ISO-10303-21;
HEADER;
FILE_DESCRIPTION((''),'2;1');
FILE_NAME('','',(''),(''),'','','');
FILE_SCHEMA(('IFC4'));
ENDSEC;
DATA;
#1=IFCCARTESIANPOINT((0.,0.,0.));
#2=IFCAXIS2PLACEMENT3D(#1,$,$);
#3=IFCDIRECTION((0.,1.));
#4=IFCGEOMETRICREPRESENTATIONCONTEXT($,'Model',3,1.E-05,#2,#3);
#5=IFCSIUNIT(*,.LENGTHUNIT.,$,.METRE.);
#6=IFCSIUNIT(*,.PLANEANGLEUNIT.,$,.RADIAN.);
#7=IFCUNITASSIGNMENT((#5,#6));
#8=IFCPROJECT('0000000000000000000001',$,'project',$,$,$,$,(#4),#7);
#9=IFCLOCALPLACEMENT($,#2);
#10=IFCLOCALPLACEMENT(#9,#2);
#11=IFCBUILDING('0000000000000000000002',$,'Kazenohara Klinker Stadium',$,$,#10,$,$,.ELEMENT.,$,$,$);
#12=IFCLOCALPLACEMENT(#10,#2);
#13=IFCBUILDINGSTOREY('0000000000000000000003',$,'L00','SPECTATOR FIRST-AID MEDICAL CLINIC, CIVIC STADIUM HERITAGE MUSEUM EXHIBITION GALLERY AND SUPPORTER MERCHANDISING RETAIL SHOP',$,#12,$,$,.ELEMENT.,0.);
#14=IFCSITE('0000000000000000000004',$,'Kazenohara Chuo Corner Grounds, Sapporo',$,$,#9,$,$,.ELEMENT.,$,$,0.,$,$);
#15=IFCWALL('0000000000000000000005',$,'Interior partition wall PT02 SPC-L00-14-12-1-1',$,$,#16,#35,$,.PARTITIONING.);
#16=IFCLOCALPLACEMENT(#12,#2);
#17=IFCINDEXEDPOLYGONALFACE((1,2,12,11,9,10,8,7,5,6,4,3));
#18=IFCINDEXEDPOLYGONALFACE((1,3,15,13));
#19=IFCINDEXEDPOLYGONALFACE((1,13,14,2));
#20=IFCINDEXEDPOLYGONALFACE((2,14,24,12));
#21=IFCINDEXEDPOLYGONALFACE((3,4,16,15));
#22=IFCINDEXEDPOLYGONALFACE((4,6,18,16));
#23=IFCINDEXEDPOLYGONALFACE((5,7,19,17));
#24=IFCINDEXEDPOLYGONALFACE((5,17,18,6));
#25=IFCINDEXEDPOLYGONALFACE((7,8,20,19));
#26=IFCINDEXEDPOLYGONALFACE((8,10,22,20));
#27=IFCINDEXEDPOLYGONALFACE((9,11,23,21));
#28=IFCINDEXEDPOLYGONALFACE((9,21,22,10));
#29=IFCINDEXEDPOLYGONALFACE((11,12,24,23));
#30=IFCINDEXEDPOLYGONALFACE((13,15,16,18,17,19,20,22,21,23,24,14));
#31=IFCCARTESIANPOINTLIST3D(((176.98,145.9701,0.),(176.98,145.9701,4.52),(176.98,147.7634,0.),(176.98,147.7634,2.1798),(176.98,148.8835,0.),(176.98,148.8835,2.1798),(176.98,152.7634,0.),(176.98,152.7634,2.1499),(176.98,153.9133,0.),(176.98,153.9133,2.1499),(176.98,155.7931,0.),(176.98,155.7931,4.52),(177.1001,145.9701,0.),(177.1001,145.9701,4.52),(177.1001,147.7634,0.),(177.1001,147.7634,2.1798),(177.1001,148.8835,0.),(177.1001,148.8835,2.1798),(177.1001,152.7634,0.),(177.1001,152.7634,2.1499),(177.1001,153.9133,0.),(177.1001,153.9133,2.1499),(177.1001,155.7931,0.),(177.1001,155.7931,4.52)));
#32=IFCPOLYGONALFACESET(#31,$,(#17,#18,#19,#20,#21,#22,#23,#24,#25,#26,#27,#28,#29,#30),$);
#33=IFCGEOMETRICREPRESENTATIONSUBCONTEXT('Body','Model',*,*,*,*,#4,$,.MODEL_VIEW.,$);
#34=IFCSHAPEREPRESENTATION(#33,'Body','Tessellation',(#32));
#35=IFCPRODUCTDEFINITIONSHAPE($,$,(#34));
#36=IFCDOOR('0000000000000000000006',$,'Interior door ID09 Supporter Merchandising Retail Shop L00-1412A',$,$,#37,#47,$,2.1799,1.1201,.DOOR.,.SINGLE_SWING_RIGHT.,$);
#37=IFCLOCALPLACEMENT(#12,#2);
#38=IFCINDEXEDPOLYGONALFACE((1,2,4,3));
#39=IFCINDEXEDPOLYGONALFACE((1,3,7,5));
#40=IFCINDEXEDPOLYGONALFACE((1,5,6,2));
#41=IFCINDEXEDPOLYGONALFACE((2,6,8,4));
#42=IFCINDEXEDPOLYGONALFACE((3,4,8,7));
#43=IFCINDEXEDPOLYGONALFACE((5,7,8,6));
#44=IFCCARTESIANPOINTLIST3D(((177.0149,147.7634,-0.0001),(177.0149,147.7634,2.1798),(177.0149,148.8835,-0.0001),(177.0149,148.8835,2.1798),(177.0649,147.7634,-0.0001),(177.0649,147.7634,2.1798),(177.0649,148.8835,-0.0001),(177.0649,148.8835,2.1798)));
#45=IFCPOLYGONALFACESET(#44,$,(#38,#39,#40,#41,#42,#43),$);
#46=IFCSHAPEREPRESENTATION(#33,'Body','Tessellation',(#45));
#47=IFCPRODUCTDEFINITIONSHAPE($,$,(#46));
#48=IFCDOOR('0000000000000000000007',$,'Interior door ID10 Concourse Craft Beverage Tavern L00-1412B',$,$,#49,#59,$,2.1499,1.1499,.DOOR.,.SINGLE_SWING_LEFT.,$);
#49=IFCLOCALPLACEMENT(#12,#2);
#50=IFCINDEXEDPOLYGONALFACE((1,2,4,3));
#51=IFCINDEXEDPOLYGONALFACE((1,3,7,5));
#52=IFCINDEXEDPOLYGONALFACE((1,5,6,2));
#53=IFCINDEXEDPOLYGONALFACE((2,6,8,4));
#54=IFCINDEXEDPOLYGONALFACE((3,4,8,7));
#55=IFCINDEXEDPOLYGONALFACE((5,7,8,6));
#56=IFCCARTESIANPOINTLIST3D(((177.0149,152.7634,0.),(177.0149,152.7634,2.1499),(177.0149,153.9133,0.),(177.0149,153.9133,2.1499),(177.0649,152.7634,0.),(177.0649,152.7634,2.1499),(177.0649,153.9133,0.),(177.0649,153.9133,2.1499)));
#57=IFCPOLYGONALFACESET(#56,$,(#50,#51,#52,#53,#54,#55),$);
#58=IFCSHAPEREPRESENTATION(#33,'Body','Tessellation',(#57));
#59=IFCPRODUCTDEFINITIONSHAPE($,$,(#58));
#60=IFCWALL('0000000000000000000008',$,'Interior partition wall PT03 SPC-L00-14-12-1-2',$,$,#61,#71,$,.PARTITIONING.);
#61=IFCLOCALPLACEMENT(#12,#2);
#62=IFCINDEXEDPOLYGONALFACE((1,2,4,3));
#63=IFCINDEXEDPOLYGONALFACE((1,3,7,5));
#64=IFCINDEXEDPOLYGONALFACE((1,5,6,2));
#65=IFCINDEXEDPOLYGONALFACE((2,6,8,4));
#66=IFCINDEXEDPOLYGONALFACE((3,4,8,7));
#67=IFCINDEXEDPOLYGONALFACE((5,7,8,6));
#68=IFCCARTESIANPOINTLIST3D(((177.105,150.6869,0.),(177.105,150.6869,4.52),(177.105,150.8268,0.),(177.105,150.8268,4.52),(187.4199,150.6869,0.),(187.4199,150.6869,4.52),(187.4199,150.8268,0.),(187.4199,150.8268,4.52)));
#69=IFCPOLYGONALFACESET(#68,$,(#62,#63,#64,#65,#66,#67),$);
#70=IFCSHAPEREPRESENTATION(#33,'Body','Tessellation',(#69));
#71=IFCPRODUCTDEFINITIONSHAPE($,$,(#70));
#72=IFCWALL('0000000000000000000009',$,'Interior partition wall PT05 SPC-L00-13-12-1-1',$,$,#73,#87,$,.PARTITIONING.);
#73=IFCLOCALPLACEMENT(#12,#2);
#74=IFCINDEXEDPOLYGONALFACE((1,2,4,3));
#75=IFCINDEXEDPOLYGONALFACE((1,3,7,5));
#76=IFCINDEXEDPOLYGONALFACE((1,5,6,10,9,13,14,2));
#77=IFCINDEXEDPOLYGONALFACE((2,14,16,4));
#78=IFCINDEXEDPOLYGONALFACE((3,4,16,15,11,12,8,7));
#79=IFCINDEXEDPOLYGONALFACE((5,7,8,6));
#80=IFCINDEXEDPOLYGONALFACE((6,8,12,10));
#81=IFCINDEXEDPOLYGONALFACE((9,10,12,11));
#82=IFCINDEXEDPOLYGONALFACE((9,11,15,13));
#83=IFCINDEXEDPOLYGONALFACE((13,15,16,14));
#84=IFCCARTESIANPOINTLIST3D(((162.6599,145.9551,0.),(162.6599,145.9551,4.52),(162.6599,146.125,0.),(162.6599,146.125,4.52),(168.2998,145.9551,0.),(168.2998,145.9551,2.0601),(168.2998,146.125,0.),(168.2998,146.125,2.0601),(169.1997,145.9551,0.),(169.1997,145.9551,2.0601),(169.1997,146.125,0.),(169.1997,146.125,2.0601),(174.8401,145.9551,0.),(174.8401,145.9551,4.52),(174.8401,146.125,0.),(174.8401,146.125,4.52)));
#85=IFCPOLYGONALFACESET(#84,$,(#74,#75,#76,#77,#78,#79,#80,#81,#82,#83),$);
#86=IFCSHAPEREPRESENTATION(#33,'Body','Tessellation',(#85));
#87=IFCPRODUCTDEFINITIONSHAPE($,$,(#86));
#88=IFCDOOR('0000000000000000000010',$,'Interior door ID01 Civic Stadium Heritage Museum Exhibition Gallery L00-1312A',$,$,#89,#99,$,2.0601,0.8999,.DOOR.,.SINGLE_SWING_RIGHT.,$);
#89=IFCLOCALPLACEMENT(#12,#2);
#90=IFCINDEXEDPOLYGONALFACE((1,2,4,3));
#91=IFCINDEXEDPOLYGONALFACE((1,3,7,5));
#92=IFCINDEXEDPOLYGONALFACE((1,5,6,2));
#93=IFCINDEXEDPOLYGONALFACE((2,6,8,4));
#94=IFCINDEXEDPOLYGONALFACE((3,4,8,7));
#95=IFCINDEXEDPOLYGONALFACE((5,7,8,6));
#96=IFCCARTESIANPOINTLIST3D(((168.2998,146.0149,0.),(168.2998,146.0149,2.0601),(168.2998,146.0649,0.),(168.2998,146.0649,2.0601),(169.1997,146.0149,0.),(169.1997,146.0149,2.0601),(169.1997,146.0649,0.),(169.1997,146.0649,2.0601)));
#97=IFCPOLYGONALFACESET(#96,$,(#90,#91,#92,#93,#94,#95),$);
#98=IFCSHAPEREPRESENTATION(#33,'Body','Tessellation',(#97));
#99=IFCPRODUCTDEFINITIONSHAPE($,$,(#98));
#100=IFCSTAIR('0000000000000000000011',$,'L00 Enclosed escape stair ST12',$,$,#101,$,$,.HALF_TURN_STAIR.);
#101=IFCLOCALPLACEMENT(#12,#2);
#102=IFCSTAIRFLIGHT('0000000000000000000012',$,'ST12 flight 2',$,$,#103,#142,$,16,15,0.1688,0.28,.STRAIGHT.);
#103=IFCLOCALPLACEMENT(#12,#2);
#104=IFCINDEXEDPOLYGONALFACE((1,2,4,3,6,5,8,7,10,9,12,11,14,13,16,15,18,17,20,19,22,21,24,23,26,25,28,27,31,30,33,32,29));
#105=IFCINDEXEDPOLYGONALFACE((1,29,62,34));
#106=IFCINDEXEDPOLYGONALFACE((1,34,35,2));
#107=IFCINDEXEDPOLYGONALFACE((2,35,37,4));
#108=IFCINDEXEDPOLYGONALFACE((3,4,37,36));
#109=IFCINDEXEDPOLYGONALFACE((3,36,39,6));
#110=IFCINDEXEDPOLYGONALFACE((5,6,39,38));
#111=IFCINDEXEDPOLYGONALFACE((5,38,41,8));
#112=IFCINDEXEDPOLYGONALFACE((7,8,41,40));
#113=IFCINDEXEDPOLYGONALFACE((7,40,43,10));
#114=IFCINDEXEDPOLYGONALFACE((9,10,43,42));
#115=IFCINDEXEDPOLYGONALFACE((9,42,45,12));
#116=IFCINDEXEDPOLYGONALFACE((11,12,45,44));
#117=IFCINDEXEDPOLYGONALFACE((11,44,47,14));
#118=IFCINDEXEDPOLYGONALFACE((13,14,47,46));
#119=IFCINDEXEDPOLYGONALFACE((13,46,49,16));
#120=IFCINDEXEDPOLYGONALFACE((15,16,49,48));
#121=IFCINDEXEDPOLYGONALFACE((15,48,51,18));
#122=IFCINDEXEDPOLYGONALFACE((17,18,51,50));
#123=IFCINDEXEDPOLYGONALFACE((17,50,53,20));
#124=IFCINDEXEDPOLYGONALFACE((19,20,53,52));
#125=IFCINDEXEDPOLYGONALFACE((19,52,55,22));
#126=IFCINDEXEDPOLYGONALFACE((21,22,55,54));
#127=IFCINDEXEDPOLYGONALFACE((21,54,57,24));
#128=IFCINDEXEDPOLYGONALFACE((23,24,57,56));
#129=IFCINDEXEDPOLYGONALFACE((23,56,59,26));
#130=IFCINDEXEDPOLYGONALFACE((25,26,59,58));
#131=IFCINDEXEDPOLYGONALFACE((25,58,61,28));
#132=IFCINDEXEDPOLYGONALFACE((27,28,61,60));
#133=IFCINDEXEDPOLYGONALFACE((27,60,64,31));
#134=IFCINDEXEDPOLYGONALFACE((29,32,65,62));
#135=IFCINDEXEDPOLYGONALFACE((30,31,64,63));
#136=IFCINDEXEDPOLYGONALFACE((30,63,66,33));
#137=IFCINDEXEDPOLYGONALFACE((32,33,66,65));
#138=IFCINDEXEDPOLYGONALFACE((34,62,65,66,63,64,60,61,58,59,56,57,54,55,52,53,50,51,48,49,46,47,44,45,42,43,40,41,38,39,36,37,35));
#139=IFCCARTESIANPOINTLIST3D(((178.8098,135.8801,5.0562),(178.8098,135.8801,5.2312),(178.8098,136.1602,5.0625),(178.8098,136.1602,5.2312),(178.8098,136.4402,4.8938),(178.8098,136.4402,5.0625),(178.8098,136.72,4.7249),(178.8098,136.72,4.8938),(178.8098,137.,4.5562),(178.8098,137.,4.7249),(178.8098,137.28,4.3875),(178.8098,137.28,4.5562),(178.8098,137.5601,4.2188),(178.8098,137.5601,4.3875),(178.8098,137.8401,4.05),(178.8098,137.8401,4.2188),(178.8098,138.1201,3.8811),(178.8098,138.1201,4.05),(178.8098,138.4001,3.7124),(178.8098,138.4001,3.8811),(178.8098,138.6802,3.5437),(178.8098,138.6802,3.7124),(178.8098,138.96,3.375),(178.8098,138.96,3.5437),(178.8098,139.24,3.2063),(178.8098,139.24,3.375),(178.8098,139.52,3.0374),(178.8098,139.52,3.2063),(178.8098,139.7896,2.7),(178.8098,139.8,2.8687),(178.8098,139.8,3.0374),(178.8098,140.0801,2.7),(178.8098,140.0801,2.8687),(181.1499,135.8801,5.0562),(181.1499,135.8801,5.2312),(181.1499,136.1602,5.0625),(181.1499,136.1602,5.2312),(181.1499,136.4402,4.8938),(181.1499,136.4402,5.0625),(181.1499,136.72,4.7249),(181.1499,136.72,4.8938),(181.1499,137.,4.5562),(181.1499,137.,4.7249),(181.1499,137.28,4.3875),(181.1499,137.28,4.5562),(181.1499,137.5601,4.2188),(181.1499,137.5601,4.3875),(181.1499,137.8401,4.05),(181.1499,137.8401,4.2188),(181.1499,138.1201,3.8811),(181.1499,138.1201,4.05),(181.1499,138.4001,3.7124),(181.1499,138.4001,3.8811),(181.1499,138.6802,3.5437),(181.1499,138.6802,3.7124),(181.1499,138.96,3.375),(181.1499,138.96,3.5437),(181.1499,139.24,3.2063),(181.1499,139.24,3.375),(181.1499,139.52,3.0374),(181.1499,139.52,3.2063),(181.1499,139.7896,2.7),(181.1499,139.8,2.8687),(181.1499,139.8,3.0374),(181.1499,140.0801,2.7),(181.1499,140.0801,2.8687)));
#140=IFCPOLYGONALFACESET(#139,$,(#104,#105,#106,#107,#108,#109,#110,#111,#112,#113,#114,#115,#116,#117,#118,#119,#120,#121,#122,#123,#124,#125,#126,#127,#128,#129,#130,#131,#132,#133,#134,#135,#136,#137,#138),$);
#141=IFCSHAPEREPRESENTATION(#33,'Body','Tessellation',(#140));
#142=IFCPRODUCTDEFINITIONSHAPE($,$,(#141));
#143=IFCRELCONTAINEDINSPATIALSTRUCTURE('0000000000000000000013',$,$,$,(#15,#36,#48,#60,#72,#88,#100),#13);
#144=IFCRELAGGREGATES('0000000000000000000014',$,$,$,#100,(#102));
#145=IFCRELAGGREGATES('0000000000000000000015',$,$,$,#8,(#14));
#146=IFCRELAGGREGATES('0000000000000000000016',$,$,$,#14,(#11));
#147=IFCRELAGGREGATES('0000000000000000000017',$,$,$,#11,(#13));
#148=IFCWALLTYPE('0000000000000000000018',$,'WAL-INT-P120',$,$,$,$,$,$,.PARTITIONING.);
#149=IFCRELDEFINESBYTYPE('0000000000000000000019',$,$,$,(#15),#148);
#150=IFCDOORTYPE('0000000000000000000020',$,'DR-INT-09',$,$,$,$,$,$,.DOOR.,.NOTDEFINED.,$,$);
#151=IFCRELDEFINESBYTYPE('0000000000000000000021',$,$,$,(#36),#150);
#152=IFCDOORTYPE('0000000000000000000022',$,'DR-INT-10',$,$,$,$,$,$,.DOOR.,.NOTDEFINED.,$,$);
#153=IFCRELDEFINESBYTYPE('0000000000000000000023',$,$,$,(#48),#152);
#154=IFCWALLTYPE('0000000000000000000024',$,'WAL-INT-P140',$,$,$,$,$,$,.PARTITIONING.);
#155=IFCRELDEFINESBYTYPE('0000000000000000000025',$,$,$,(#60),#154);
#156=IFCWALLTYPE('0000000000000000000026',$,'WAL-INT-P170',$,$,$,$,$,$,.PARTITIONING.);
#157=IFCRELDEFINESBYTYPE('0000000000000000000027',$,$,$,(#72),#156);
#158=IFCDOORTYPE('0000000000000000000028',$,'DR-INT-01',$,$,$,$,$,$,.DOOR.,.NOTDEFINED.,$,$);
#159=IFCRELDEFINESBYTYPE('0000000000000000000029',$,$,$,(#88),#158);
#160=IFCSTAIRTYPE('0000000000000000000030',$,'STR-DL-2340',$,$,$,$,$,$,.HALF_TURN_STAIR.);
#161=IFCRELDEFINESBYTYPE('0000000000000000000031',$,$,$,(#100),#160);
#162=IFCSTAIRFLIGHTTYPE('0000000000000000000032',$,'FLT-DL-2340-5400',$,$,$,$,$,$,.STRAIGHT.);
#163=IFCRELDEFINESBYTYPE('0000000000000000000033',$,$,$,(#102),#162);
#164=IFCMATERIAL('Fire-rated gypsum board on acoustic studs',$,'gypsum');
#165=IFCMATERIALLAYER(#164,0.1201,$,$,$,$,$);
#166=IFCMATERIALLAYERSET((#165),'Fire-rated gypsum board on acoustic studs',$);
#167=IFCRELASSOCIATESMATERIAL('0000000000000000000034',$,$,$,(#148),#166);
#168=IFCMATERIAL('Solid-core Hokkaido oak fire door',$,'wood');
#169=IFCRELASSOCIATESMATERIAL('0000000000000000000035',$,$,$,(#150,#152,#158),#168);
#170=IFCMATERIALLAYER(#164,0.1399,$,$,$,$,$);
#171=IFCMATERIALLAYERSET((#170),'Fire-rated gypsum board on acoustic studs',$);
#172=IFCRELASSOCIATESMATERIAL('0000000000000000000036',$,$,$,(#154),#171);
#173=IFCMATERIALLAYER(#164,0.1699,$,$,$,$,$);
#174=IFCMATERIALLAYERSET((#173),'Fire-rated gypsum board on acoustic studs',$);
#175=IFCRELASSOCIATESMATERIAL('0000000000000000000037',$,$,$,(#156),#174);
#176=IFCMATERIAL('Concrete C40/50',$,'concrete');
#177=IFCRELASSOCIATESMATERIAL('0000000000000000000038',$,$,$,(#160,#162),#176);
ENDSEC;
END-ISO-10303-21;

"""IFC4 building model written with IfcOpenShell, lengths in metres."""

from ifc_helpers import new_model, si_unit, direction, frame, frame_2d, origin, place, context, subcontext, project, spatial, polyline, rectangle, outline, extrude, material, layer, layer_set, type_object, element, fill, aggregate, save


model = new_model("IFC4")

# Units and contexts
model_context = context("Model", 3, precision=1e-05, world=origin(), true_north=direction((0.0, 1.0)))
body_context = subcontext(model_context, "Body", "Model", "MODEL_VIEW")
ifc_project = project(units=[si_unit("LENGTHUNIT", "METRE"), si_unit("PLANEANGLEUNIT", "RADIAN")], contexts=[model_context])

# Site, building, storey
site_placement = place(None, origin())
site = spatial("IfcSite", under=ifc_project, at=site_placement, Name="Kazenohara Chuo Corner Grounds, Sapporo", CompositionType="ELEMENT", RefElevation=0.0)
building_placement = place(site_placement, origin())
building = spatial("IfcBuilding", under=site, at=building_placement, Name="Kazenohara Klinker Stadium", CompositionType="ELEMENT")
storey_placement = place(building_placement, origin())
storey = spatial("IfcBuildingStorey", under=building, at=storey_placement, Name="L00", Description="SPECTATOR FIRST-AID MEDICAL CLINIC, CIVIC STADIUM HERITAGE MUSEUM EXHIBITION GALLERY AND SUPPORTER MERCHANDISING RETAIL SHOP", CompositionType="ELEMENT", Elevation=0.0)

# Shared definitions
ifc_material_1 = material(Name="Concrete C40/50", Category="concrete")

# Wall, openings, doors
ifc_material_2 = material(Name="Fire-rated gypsum board on acoustic studs", Category="gypsum")
ifc_layer_1 = layer(ifc_material_2, 0.1201)
ifc_layer_set_1 = layer_set([ifc_layer_1], Name="Fire-rated gypsum board on acoustic studs")
wall_type_1 = type_object("IfcWallType", Name="WAL-INT-P120", PredefinedType="PARTITIONING", material=ifc_layer_set_1)
wall_1_placement = place(storey_placement, frame((177.04, 145.97, 0.0), z_axis=(0.0, 0.0, 1.0), x_axis=(0.0, 1.0, 0.0)))
wall_1 = element("IfcWall", 1, at=wall_1_placement, inside=storey, type_object=wall_type_1, Name="Interior partition wall PT02 SPC-L00-14-12-1-1", PredefinedType="PARTITIONING", context=body_context, shape_type="SweptSolid", body=[
    extrude(rectangle(XDim=9.823, YDim=0.1201, at=frame_2d((4.9116, 0.0))), origin(), (0.0, 0.0, 1.0), 4.52),
])
opening_1_placement = place(wall_1_placement, frame((2.9136, 0.0, 0.0), z_axis=(0.0, 0.0, 1.0), x_axis=(-1.0, 0.0, 0.0)))
opening_1 = element("IfcOpeningElement", 2, at=opening_1_placement, cuts=wall_1, PredefinedType="OPENING", context=body_context, shape_type="SweptSolid", body=[
    extrude(rectangle(XDim=1.1201, YDim=2.1799, at=frame_2d((0.5601, 1.0898))), frame((0.0, 0.0701, 0.0), z_axis=(0.0, -1.0, 0.0), x_axis=(1.0, 0.0, 0.0)), (0.0, 0.0, 1.0), 0.1401),
])
opening_2_placement = place(wall_1_placement, frame((7.9434, 0.0, 0.0), z_axis=(0.0, 0.0, 1.0), x_axis=(-1.0, 0.0, 0.0)))
opening_2 = element("IfcOpeningElement", 3, at=opening_2_placement, cuts=wall_1, PredefinedType="OPENING", context=body_context, shape_type="SweptSolid", body=[
    extrude(rectangle(XDim=1.1499, YDim=2.1499, at=frame_2d((0.575, 1.075))), frame((0.0, 0.0701, 0.0), z_axis=(0.0, -1.0, 0.0), x_axis=(1.0, 0.0, 0.0)), (0.0, 0.0, 1.0), 0.1401),
])
ifc_material_3 = material(Name="Solid-core Hokkaido oak fire door", Category="wood")
door_type_1 = type_object("IfcDoorType", Name="DR-INT-09", OperationType="NOTDEFINED", PredefinedType="DOOR", material=ifc_material_3)
door_1_placement = place(opening_1_placement, origin())
door_1 = element("IfcDoor", 4, at=door_1_placement, inside=storey, type_object=door_type_1, Name="Interior door ID09 Supporter Merchandising Retail Shop L00-1412A", OperationType="SINGLE_SWING_RIGHT", OverallHeight=2.1799, OverallWidth=1.1201, PredefinedType="DOOR", context=body_context, shape_type="SweptSolid", body=[
    extrude(rectangle(XDim=1.1201, YDim=2.1799, at=frame_2d((0.5601, 1.0898))), frame((0.0, 0.0249, 0.0), z_axis=(0.0, -1.0, 0.0), x_axis=(1.0, 0.0, 0.0)), (0.0, 0.0, 1.0), 0.05),
])
fill(opening_1, door_1)
door_type_2 = type_object("IfcDoorType", Name="DR-INT-10", OperationType="NOTDEFINED", PredefinedType="DOOR", material=ifc_material_3)
door_2_placement = place(opening_2_placement, origin())
door_2 = element("IfcDoor", 5, at=door_2_placement, inside=storey, type_object=door_type_2, Name="Interior door ID10 Concourse Craft Beverage Tavern L00-1412B", OperationType="SINGLE_SWING_LEFT", OverallHeight=2.1499, OverallWidth=1.1499, PredefinedType="DOOR", context=body_context, shape_type="SweptSolid", body=[
    extrude(rectangle(XDim=1.1499, YDim=2.1499, at=frame_2d((0.575, 1.075))), frame((0.0, 0.0249, 0.0), z_axis=(0.0, -1.0, 0.0), x_axis=(1.0, 0.0, 0.0)), (0.0, 0.0, 1.0), 0.05),
])
fill(opening_2, door_2)

# Wall
ifc_layer_2 = layer(ifc_material_2, 0.1399)
ifc_layer_set_2 = layer_set([ifc_layer_2], Name="Fire-rated gypsum board on acoustic studs")
wall_type_2 = type_object("IfcWallType", Name="WAL-INT-P140", PredefinedType="PARTITIONING", material=ifc_layer_set_2)
wall_2_placement = place(storey_placement, frame((177.105, 150.7568, 0.0), z_axis=(0.0, 0.0, 1.0), x_axis=(1.0, 0.0, 0.0)))
element("IfcWall", 6, at=wall_2_placement, inside=storey, type_object=wall_type_2, Name="Interior partition wall PT03 SPC-L00-14-12-1-2", PredefinedType="PARTITIONING", context=body_context, shape_type="SweptSolid", body=[
    extrude(rectangle(XDim=10.3149, YDim=0.1399, at=frame_2d((5.1575, 0.0))), origin(), (0.0, 0.0, 1.0), 4.52),
])

# Wall, opening, door
ifc_layer_3 = layer(ifc_material_2, 0.1699)
ifc_layer_set_3 = layer_set([ifc_layer_3], Name="Fire-rated gypsum board on acoustic studs")
wall_type_3 = type_object("IfcWallType", Name="WAL-INT-P170", PredefinedType="PARTITIONING", material=ifc_layer_set_3)
wall_3_placement = place(storey_placement, frame((162.6599, 146.04, 0.0), z_axis=(0.0, 0.0, 1.0), x_axis=(1.0, 0.0, 0.0)))
wall_3 = element("IfcWall", 7, at=wall_3_placement, inside=storey, type_object=wall_type_3, Name="Interior partition wall PT05 SPC-L00-13-12-1-1", PredefinedType="PARTITIONING", context=body_context, shape_type="SweptSolid", body=[
    extrude(rectangle(XDim=12.1802, YDim=0.1699, at=frame_2d((6.0901, 0.0))), origin(), (0.0, 0.0, 1.0), 4.52),
])
opening_3_placement = place(wall_3_placement, frame((5.6399, 0.0, 0.0)))
opening_3 = element("IfcOpeningElement", 8, at=opening_3_placement, cuts=wall_3, PredefinedType="OPENING", context=body_context, shape_type="SweptSolid", body=[
    extrude(rectangle(XDim=0.8999, YDim=2.0601, at=frame_2d((0.45, 1.03))), frame((0.0, 0.095, 0.0), z_axis=(0.0, -1.0, 0.0), x_axis=(1.0, 0.0, 0.0)), (0.0, 0.0, 1.0), 0.1899),
])
door_type_3 = type_object("IfcDoorType", Name="DR-INT-01", OperationType="NOTDEFINED", PredefinedType="DOOR", material=ifc_material_3)
door_3_placement = place(opening_3_placement, origin())
door_3 = element("IfcDoor", 9, at=door_3_placement, inside=storey, type_object=door_type_3, Name="Interior door ID01 Civic Stadium Heritage Museum Exhibition Gallery L00-1312A", OperationType="SINGLE_SWING_RIGHT", OverallHeight=2.0601, OverallWidth=0.8999, PredefinedType="DOOR", context=body_context, shape_type="SweptSolid", body=[
    extrude(rectangle(XDim=0.8999, YDim=2.0601, at=frame_2d((0.45, 1.03))), frame((0.0, 0.0249, 0.0), z_axis=(0.0, -1.0, 0.0), x_axis=(1.0, 0.0, 0.0)), (0.0, 0.0, 1.0), 0.05),
])
fill(opening_3, door_3)

# Stair, stair flight
stair_type = type_object("IfcStairType", Name="STR-DL-2340", PredefinedType="HALF_TURN_STAIR", material=ifc_material_1)
stair_placement = place(storey_placement, origin())
stair = element("IfcStair", 10, at=stair_placement, inside=storey, type_object=stair_type, Name="L00 Enclosed escape stair ST12", PredefinedType="HALF_TURN_STAIR")
stair_flight_type = type_object("IfcStairFlightType", Name="FLT-DL-2340-5400", PredefinedType="STRAIGHT", material=ifc_material_1)
stair_flight_placement = place(storey_placement, frame((179.98, 140.0801, 2.7), z_axis=(0.0, 0.0, 1.0), x_axis=(0.0, -1.0, 0.0)))
stair_flight = element("IfcStairFlight", 11, at=stair_flight_placement, type_object=stair_flight_type, Name="ST12 flight 2", NumberOfRisers=16, NumberOfTreads=15, PredefinedType="STRAIGHT", RiserHeight=0.1688, TreadLength=0.28, context=body_context, shape_type="SweptSolid", body=[
    extrude(outline(polyline([(0.0, 0.0), (0.0, 0.1687), (0.28, 0.1687), (0.28, 0.3374), (0.5601, 0.3374), (0.5601, 0.5063), (0.8401, 0.5063), (0.8401, 0.675), (1.1201, 0.675), (1.1201, 0.8438), (1.3999, 0.8438), (1.3999, 1.0125), (1.6799, 1.0125), (1.6799, 1.1812), (1.96, 1.1812), (1.96, 1.3501), (2.24, 1.3501), (2.24, 1.5188), (2.52, 1.5188), (2.52, 1.6875), (2.8, 1.6875), (2.8, 1.8562), (3.0801, 1.8562), (3.0801, 2.0249), (3.3601, 2.0249), (3.3601, 2.1938), (3.6399, 2.1938), (3.6399, 2.3625), (3.9199, 2.3625), (3.9199, 2.5312), (4.2, 2.5312), (4.2, 2.7), (4.2, 2.3562), (0.2905, 0.0), (0.0, 0.0)])), frame((0.0, 1.1699, 0.0), z_axis=(0.0, -1.0, 0.0), x_axis=(1.0, 0.0, 0.0)), (0.0, 0.0, 1.0), 2.3401),
])
aggregate(stair, [stair_flight])

save(model, "model.ifc")
